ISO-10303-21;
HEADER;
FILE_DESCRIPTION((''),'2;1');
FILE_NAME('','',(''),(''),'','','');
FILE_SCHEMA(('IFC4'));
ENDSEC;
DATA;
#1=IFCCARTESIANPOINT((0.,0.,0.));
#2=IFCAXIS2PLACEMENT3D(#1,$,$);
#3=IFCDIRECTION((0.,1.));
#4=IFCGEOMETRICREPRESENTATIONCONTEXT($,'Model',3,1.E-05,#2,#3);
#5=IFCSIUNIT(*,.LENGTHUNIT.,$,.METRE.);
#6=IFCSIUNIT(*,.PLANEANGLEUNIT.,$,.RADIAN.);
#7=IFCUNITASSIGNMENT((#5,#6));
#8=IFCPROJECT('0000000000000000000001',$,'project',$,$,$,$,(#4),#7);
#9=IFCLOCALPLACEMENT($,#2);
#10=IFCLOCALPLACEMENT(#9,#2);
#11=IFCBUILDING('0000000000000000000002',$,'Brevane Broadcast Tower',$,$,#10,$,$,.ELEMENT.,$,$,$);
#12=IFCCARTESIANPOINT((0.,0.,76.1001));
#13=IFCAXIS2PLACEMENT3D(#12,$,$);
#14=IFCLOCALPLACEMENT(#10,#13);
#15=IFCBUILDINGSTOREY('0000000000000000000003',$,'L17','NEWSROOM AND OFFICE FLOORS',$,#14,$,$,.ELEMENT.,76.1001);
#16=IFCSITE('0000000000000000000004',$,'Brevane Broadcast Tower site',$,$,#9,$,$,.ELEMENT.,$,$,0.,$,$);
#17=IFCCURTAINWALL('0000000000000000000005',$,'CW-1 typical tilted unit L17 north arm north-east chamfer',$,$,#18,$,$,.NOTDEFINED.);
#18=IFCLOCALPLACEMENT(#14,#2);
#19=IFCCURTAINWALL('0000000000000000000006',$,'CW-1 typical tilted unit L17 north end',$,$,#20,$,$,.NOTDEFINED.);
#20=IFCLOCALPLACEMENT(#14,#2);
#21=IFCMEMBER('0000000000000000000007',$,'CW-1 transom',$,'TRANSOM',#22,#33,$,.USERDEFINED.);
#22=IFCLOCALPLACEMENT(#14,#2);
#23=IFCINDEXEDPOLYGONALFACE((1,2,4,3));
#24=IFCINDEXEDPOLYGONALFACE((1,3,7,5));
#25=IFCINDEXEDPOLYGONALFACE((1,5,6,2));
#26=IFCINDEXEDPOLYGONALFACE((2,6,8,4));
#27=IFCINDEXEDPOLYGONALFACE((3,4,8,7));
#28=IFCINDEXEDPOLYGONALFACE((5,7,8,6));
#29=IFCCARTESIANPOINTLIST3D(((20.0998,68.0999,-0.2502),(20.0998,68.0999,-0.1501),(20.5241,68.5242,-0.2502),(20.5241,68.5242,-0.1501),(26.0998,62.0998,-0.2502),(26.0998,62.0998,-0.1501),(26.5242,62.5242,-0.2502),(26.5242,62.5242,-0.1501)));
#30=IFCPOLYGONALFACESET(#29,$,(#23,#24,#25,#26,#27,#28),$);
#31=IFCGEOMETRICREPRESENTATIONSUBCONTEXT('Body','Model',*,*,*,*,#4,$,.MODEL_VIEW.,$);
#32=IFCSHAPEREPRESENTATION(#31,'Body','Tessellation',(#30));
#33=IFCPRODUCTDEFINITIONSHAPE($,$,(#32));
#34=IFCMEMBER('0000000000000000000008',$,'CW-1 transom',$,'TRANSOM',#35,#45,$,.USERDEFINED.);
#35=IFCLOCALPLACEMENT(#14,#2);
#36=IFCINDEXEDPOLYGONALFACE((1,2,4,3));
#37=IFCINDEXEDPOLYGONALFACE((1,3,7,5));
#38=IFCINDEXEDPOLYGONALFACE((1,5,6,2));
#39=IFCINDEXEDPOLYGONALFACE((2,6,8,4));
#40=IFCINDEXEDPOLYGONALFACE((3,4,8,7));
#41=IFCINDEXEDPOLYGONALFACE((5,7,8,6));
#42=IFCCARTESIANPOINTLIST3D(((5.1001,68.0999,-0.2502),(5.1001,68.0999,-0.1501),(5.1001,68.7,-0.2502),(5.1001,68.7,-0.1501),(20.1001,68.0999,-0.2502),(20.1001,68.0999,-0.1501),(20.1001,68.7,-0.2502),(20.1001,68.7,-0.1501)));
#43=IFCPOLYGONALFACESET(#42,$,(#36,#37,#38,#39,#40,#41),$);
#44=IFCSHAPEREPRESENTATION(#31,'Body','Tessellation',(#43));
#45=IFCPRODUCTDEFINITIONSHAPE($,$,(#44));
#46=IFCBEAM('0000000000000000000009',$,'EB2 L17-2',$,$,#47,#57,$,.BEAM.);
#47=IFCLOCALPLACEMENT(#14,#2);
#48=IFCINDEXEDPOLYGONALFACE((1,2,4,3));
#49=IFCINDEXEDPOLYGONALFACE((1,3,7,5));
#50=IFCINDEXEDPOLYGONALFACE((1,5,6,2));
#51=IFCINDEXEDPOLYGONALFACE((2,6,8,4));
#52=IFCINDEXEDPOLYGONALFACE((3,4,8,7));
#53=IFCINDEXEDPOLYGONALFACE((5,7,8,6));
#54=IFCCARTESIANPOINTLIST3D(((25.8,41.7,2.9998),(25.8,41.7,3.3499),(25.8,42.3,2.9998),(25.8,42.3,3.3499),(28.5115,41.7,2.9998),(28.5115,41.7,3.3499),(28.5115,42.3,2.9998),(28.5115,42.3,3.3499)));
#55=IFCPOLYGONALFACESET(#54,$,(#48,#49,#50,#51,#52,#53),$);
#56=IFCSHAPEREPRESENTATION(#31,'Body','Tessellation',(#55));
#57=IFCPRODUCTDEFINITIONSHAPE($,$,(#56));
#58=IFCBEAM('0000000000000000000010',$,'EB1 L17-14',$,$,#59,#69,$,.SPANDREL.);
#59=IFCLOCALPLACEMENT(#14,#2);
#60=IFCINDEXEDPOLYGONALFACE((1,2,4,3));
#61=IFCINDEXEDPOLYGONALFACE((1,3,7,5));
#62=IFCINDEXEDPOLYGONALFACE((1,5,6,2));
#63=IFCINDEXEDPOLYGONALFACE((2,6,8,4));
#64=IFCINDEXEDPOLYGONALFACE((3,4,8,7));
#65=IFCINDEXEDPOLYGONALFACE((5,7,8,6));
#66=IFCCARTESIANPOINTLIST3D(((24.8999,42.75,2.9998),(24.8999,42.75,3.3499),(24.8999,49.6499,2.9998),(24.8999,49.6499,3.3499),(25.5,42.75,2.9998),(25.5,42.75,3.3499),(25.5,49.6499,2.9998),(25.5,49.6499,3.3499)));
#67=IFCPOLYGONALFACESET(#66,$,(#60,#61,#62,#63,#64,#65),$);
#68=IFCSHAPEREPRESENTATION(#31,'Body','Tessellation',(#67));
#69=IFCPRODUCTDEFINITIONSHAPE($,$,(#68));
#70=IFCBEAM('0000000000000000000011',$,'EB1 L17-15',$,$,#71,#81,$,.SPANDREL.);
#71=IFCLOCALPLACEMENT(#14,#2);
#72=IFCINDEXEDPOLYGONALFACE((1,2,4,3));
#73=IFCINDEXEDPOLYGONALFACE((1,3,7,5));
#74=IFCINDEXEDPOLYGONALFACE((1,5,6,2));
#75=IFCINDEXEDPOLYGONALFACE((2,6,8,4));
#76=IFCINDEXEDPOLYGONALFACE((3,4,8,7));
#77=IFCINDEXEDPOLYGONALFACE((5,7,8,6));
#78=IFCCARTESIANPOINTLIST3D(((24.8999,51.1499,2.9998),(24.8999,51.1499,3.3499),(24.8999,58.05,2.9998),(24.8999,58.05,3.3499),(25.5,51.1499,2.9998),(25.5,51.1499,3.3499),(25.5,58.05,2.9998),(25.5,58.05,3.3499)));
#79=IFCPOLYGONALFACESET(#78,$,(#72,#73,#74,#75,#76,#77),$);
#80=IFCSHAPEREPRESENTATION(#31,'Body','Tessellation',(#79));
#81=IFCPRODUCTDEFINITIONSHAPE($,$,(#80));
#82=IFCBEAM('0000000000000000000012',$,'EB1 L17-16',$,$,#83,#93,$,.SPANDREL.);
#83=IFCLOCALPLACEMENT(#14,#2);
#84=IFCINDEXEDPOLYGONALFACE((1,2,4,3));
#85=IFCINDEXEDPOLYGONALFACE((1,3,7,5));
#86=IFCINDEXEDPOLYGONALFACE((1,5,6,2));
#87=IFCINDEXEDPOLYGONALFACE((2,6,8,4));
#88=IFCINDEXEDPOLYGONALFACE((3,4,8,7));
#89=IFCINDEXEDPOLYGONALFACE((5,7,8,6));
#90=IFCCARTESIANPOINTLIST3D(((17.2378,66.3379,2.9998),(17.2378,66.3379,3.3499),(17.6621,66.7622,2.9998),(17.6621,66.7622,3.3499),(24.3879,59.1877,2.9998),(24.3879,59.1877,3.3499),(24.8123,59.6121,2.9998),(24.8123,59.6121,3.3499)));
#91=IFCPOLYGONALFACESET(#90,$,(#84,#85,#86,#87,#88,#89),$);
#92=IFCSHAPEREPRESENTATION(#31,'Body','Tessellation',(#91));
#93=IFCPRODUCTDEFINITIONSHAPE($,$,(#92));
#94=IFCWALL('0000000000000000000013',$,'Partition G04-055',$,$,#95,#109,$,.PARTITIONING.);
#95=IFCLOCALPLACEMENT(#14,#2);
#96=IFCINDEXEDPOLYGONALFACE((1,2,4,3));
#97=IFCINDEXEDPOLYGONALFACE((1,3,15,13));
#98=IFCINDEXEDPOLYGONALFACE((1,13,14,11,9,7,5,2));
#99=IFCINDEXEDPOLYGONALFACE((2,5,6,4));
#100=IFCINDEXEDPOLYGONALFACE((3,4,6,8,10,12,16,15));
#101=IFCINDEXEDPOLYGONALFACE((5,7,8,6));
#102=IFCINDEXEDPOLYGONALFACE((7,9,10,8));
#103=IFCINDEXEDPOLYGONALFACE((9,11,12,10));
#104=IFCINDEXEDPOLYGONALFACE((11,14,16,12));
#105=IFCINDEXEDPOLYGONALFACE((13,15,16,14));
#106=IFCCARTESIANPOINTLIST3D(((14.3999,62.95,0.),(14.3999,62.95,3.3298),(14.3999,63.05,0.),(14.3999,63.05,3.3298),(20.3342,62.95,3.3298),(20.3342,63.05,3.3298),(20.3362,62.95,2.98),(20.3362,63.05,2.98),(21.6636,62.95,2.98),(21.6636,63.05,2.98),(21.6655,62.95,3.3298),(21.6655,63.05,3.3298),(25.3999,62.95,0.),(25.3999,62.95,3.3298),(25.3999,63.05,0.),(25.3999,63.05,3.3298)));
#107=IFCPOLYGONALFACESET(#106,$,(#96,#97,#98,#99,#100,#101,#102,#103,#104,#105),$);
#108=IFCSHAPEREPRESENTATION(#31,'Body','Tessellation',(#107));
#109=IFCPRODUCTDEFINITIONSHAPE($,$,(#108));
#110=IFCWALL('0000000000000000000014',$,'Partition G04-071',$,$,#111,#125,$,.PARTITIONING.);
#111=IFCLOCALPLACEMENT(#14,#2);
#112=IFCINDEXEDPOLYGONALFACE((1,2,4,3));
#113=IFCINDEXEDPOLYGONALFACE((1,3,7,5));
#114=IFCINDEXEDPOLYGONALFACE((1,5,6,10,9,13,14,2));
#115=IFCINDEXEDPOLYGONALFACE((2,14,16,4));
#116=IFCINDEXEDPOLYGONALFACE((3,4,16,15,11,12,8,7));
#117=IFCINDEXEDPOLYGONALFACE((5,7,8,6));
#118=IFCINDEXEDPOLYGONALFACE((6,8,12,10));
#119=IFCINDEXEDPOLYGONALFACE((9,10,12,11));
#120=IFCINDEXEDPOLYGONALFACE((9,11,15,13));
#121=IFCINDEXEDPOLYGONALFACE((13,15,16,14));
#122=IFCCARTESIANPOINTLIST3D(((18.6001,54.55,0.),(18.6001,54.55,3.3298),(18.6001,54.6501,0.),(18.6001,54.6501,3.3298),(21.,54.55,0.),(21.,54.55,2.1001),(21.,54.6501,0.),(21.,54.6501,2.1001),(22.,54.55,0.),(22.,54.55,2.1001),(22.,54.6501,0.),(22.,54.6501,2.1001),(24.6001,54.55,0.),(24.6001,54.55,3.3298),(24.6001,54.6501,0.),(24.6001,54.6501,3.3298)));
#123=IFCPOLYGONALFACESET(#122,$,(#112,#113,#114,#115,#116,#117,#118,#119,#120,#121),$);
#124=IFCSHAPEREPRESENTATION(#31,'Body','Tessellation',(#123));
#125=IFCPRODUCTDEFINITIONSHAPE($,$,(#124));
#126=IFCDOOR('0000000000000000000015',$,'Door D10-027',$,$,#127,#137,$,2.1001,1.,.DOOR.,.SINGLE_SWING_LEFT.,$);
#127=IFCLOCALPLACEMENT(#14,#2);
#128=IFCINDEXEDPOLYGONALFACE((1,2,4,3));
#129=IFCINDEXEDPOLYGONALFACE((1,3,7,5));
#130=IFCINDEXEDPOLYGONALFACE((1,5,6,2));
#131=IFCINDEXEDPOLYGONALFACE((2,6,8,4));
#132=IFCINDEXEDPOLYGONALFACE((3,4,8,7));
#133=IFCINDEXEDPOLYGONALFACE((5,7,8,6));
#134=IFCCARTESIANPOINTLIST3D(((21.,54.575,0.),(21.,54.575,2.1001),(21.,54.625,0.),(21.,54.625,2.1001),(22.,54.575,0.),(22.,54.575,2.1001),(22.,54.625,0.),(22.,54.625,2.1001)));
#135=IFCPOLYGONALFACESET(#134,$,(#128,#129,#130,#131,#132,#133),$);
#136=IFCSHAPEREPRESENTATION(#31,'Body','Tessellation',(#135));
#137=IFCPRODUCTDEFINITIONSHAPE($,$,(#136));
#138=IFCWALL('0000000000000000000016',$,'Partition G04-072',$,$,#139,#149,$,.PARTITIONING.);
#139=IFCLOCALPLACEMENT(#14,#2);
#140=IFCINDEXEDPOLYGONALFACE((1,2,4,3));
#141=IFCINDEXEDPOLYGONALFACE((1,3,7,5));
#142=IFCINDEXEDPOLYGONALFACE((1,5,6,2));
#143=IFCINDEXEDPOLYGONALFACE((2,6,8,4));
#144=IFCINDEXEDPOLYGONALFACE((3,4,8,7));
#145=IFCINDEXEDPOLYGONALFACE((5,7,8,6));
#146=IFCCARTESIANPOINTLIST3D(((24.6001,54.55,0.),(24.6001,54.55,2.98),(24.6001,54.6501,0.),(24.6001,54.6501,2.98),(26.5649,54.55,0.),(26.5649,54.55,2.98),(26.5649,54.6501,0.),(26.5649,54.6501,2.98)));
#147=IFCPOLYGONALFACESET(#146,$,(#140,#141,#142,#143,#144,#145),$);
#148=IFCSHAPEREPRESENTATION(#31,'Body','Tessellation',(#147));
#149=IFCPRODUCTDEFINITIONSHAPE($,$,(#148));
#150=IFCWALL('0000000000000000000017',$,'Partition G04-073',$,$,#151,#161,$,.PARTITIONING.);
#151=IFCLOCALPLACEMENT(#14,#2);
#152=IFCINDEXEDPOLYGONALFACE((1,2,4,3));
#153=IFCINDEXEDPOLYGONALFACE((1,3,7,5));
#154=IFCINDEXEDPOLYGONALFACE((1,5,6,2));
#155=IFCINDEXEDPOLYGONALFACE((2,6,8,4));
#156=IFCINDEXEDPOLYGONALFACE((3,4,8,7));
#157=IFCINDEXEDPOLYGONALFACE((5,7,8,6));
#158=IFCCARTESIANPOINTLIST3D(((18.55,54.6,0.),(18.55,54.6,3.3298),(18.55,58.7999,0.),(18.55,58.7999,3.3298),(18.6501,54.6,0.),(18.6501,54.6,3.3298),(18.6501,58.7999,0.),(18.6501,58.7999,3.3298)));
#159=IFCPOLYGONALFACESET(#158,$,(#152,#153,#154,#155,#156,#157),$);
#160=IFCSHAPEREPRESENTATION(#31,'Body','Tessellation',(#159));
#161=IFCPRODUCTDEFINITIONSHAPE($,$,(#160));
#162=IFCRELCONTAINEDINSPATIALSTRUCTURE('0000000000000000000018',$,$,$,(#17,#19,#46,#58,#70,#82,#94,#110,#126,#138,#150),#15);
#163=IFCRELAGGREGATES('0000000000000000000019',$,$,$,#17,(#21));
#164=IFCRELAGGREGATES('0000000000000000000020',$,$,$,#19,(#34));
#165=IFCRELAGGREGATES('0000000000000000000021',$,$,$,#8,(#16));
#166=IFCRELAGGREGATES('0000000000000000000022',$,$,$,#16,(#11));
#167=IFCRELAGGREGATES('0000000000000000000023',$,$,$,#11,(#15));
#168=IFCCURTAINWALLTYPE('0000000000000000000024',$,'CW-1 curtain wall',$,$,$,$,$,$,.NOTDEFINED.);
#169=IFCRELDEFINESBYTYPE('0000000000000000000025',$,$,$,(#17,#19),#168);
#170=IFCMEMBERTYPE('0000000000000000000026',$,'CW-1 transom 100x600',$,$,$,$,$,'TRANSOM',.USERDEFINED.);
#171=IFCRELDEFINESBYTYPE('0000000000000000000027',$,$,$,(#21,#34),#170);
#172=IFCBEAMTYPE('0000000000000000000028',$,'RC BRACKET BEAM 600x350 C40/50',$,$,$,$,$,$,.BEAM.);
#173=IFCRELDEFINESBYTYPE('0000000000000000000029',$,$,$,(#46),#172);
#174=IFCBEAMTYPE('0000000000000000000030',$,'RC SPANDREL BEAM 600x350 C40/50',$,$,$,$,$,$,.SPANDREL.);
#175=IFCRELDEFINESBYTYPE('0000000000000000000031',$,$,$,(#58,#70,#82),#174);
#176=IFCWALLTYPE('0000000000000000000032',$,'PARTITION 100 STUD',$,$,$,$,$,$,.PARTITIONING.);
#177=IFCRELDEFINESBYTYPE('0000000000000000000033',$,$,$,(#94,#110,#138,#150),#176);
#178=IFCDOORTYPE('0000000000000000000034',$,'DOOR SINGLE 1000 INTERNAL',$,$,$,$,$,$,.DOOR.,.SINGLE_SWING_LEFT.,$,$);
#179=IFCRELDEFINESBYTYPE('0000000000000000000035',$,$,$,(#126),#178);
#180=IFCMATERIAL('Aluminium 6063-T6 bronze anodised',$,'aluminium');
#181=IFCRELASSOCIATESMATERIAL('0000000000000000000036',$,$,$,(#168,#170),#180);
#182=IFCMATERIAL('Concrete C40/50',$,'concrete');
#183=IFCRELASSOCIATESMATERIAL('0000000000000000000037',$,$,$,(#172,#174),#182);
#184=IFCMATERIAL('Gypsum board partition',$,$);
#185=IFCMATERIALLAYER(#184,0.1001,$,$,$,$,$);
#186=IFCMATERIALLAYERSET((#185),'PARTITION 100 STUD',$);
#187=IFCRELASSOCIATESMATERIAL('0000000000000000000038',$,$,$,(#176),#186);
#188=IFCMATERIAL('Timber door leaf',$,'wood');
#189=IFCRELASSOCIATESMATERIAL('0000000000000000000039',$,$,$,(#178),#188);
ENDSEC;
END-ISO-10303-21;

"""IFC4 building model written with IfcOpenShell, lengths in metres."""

from ifc_helpers import new_model, si_unit, direction, frame, frame_2d, origin, origin_2d, place, context, subcontext, project, spatial, polyline, rectangle, outline, extrude, material, layer, layer_set, material_profile, profile_set, type_object, element, fill, aggregate, save


model = new_model("IFC4")

# Units and contexts
model_context = context("Model", 3, precision=1e-05, world=origin(), true_north=direction((0.0, 1.0)))
body_context = subcontext(model_context, "Body", "Model", "MODEL_VIEW")
ifc_project = project(units=[si_unit("LENGTHUNIT", "METRE"), si_unit("PLANEANGLEUNIT", "RADIAN")], contexts=[model_context])

# Site, building, storey
site_placement = place(None, origin())
site = spatial("IfcSite", under=ifc_project, at=site_placement, Name="Brevane Broadcast Tower site", CompositionType="ELEMENT", RefElevation=0.0)
building_placement = place(site_placement, origin())
building = spatial("IfcBuilding", under=site, at=building_placement, Name="Brevane Broadcast Tower", CompositionType="ELEMENT")
storey_placement = place(building_placement, frame((0.0, 0.0, 76.1001)))
storey = spatial("IfcBuildingStorey", under=building, at=storey_placement, Name="L17", Description="NEWSROOM AND OFFICE FLOORS", CompositionType="ELEMENT", Elevation=76.1001)

# Shared definitions
ifc_material_1 = material(Name="Aluminium 6063-T6 bronze anodised", Category="aluminium")
curtain_wall_type = type_object("IfcCurtainWallType", Name="CW-1 curtain wall", PredefinedType="NOTDEFINED", material=ifc_material_1)

# Curtain wall
curtain_wall_1_placement = place(storey_placement, origin())
curtain_wall_1 = element("IfcCurtainWall", 1, at=curtain_wall_1_placement, inside=storey, type_object=curtain_wall_type, Name="CW-1 typical tilted unit L17 north arm north-east chamfer", PredefinedType="NOTDEFINED")

# Curtain wall
curtain_wall_2_placement = place(storey_placement, origin())
curtain_wall_2 = element("IfcCurtainWall", 2, at=curtain_wall_2_placement, inside=storey, type_object=curtain_wall_type, Name="CW-1 typical tilted unit L17 north end", PredefinedType="NOTDEFINED")

# Members
ifc_material_profile_1 = material_profile(ifc_material_1, rectangle(XDim=0.6001, YDim=0.1001, at=origin_2d()), Name="RECT 100x600")
ifc_profile_set_1 = profile_set([ifc_material_profile_1], Name="Aluminium 6063-T6 bronze anodised")
member_type_1 = type_object("IfcMemberType", Name="CW-1 transom 100x600", ElementType="TRANSOM", PredefinedType="USERDEFINED", material=ifc_profile_set_1)
member_1_placement = place(storey_placement, frame((26.312, 62.312, -0.2002), z_axis=(-0.707107, 0.707107, 0.0), x_axis=(-0.707107, -0.707107, 0.0)))
member_1 = element("IfcMember", 3, at=member_1_placement, type_object=member_type_1, Name="CW-1 transom", ObjectType="TRANSOM", PredefinedType="USERDEFINED", context=body_context, shape_type="SweptSolid", body=[
    extrude(rectangle(XDim=0.6001, YDim=0.1001, at=origin_2d()), origin(), (0.0, 0.0, 1.0), 8.4854),
])
aggregate(curtain_wall_1, [member_1])
member_2_placement = place(storey_placement, frame((20.1001, 68.3999, -0.2002), z_axis=(-1.0, 0.0, 0.0), x_axis=(0.0, -1.0, 0.0)))
member_2 = element("IfcMember", 4, at=member_2_placement, type_object=member_type_1, Name="CW-1 transom", ObjectType="TRANSOM", PredefinedType="USERDEFINED", context=body_context, shape_type="SweptSolid", body=[
    extrude(rectangle(XDim=0.6001, YDim=0.1001, at=origin_2d()), origin(), (0.0, 0.0, 1.0), 15.0),
])
aggregate(curtain_wall_2, [member_2])

# Beams
ifc_material_2 = material(Name="Concrete C40/50", Category="concrete")
ifc_material_profile_2 = material_profile(ifc_material_2, rectangle(XDim=0.6001, YDim=0.3501, at=origin_2d()), Name="RC 600x350")
ifc_profile_set_2 = profile_set([ifc_material_profile_2], Name="Concrete C40/50")
beam_type_1 = type_object("IfcBeamType", Name="RC BRACKET BEAM 600x350 C40/50", PredefinedType="BEAM", material=ifc_profile_set_2)
beam_1_placement = place(storey_placement, frame((25.8, 42.0, 3.1748), z_axis=(1.0, 0.0, 0.0), x_axis=(0.0, 1.0, 0.0)))
element("IfcBeam", 5, at=beam_1_placement, inside=storey, type_object=beam_type_1, Name="EB2 L17-2", PredefinedType="BEAM", context=body_context, shape_type="SweptSolid", body=[
    extrude(rectangle(XDim=0.6001, YDim=0.3501, at=origin_2d()), origin(), (0.0, 0.0, 1.0), 2.7114),
])
ifc_material_profile_3 = material_profile(ifc_material_2, rectangle(XDim=0.6001, YDim=0.3501, at=origin_2d()), Name="RC 600x350")
ifc_profile_set_3 = profile_set([ifc_material_profile_3], Name="Concrete C40/50")
beam_type_2 = type_object("IfcBeamType", Name="RC SPANDREL BEAM 600x350 C40/50", PredefinedType="SPANDREL", material=ifc_profile_set_3)
beam_2_placement = place(storey_placement, frame((25.2, 42.75, 3.1748), z_axis=(0.0, 1.0, 0.0), x_axis=(-1.0, 0.0, 0.0)))
element("IfcBeam", 6, at=beam_2_placement, inside=storey, type_object=beam_type_2, Name="EB1 L17-14", PredefinedType="SPANDREL", context=body_context, shape_type="SweptSolid", body=[
    extrude(rectangle(XDim=0.6001, YDim=0.3501, at=origin_2d()), origin(), (0.0, 0.0, 1.0), 6.8999),
])
beam_3_placement = place(storey_placement, frame((25.2, 51.1499, 3.1748), z_axis=(0.0, 1.0, 0.0), x_axis=(-1.0, 0.0, 0.0)))
element("IfcBeam", 7, at=beam_3_placement, inside=storey, type_object=beam_type_2, Name="EB1 L17-15", PredefinedType="SPANDREL", context=body_context, shape_type="SweptSolid", body=[
    extrude(rectangle(XDim=0.6001, YDim=0.3501, at=origin_2d()), origin(), (0.0, 0.0, 1.0), 6.9001),
])
beam_4_placement = place(storey_placement, frame((24.6001, 59.3999, 3.1748), z_axis=(-0.707107, 0.707107, 0.0), x_axis=(-0.707107, -0.707107, 0.0)))
element("IfcBeam", 8, at=beam_4_placement, inside=storey, type_object=beam_type_2, Name="EB1 L17-16", PredefinedType="SPANDREL", context=body_context, shape_type="SweptSolid", body=[
    extrude(rectangle(XDim=0.6001, YDim=0.3501, at=origin_2d()), origin(), (0.0, 0.0, 1.0), 10.1118),
])

# Wall
ifc_material_3 = material(Name="Gypsum board partition")
ifc_layer_1 = layer(ifc_material_3, 0.1001)
ifc_layer_set_1 = layer_set([ifc_layer_1], Name="PARTITION 100 STUD")
wall_type_1 = type_object("IfcWallType", Name="PARTITION 100 STUD", PredefinedType="PARTITIONING", material=ifc_layer_set_1)
wall_1_placement = place(storey_placement, frame((25.3999, 63.0, 0.0), z_axis=(0.0, 0.0, 1.0), x_axis=(-1.0, 0.0, 0.0)))
element("IfcWall", 9, at=wall_1_placement, inside=storey, type_object=wall_type_1, Name="Partition G04-055", PredefinedType="PARTITIONING", context=body_context, shape_type="SweptSolid", body=[
    extrude(outline(polyline([(0.0, 0.0), (11.0, 0.0), (11.0, 3.3298), (5.0657, 3.3298), (5.0637, 2.98), (3.7363, 2.98), (3.7344, 3.3298), (0.0, 3.3298), (0.0, 0.0)])), frame((0.0, 0.05, 0.0), z_axis=(0.0, -1.0, 0.0), x_axis=(1.0, 0.0, 0.0)), (0.0, 0.0, 1.0), 0.1001),
])

# Wall, opening, door
wall_2_placement = place(storey_placement, frame((18.6001, 54.6001, 0.0), z_axis=(0.0, 0.0, 1.0), x_axis=(1.0, 0.0, 0.0)))
wall_2 = element("IfcWall", 10, at=wall_2_placement, inside=storey, type_object=wall_type_1, Name="Partition G04-071", PredefinedType="PARTITIONING", context=body_context, shape_type="SweptSolid", body=[
    extrude(rectangle(XDim=6.0, YDim=0.1001, at=frame_2d((3.0, 0.0))), origin(), (0.0, 0.0, 1.0), 3.3298),
])
opening_1_placement = place(wall_2_placement, frame((2.3999, 0.0, 0.0)))
opening_1 = element("IfcOpeningElement", 11, at=opening_1_placement, cuts=wall_2, PredefinedType="OPENING", context=body_context, shape_type="SweptSolid", body=[
    extrude(rectangle(XDim=1.0, YDim=2.1001, at=frame_2d((0.5, 1.05))), frame((0.0, 0.0601, 0.0), z_axis=(0.0, -1.0, 0.0), x_axis=(1.0, 0.0, 0.0)), (0.0, 0.0, 1.0), 0.1201),
])
ifc_material_4 = material(Name="Timber door leaf", Category="wood")
door_type_1 = type_object("IfcDoorType", Name="DOOR SINGLE 1000 INTERNAL", OperationType="SINGLE_SWING_LEFT", PredefinedType="DOOR", material=ifc_material_4)
door_1_placement = place(opening_1_placement, origin())
door_1 = element("IfcDoor", 12, at=door_1_placement, inside=storey, type_object=door_type_1, Name="Door D10-027", OperationType="SINGLE_SWING_LEFT", OverallHeight=2.1001, OverallWidth=1.0, PredefinedType="DOOR", context=body_context, shape_type="SweptSolid", body=[
    extrude(rectangle(XDim=1.0, YDim=2.1001, at=frame_2d((0.5, 1.05))), frame((0.0, 0.0249, 0.0), z_axis=(0.0, -1.0, 0.0), x_axis=(1.0, 0.0, 0.0)), (0.0, 0.0, 1.0), 0.05),
])
fill(opening_1, door_1)

# Walls
wall_3_placement = place(storey_placement, frame((24.6001, 54.6001, 0.0), z_axis=(0.0, 0.0, 1.0), x_axis=(1.0, 0.0, 0.0)))
element("IfcWall", 13, at=wall_3_placement, inside=storey, type_object=wall_type_1, Name="Partition G04-072", PredefinedType="PARTITIONING", context=body_context, shape_type="SweptSolid", body=[
    extrude(rectangle(XDim=1.9648, YDim=0.1001, at=frame_2d((0.9824, 0.0))), origin(), (0.0, 0.0, 1.0), 2.98),
])
wall_4_placement = place(storey_placement, frame((18.6001, 58.8, 0.0), z_axis=(0.0, 0.0, 1.0), x_axis=(0.0, -1.0, 0.0)))
element("IfcWall", 14, at=wall_4_placement, inside=storey, type_object=wall_type_1, Name="Partition G04-073", PredefinedType="PARTITIONING", context=body_context, shape_type="SweptSolid", body=[
    extrude(rectangle(XDim=4.2, YDim=0.1001, at=frame_2d((2.1001, 0.0))), origin(), (0.0, 0.0, 1.0), 3.3298),
])

save(model, "model.ifc")
